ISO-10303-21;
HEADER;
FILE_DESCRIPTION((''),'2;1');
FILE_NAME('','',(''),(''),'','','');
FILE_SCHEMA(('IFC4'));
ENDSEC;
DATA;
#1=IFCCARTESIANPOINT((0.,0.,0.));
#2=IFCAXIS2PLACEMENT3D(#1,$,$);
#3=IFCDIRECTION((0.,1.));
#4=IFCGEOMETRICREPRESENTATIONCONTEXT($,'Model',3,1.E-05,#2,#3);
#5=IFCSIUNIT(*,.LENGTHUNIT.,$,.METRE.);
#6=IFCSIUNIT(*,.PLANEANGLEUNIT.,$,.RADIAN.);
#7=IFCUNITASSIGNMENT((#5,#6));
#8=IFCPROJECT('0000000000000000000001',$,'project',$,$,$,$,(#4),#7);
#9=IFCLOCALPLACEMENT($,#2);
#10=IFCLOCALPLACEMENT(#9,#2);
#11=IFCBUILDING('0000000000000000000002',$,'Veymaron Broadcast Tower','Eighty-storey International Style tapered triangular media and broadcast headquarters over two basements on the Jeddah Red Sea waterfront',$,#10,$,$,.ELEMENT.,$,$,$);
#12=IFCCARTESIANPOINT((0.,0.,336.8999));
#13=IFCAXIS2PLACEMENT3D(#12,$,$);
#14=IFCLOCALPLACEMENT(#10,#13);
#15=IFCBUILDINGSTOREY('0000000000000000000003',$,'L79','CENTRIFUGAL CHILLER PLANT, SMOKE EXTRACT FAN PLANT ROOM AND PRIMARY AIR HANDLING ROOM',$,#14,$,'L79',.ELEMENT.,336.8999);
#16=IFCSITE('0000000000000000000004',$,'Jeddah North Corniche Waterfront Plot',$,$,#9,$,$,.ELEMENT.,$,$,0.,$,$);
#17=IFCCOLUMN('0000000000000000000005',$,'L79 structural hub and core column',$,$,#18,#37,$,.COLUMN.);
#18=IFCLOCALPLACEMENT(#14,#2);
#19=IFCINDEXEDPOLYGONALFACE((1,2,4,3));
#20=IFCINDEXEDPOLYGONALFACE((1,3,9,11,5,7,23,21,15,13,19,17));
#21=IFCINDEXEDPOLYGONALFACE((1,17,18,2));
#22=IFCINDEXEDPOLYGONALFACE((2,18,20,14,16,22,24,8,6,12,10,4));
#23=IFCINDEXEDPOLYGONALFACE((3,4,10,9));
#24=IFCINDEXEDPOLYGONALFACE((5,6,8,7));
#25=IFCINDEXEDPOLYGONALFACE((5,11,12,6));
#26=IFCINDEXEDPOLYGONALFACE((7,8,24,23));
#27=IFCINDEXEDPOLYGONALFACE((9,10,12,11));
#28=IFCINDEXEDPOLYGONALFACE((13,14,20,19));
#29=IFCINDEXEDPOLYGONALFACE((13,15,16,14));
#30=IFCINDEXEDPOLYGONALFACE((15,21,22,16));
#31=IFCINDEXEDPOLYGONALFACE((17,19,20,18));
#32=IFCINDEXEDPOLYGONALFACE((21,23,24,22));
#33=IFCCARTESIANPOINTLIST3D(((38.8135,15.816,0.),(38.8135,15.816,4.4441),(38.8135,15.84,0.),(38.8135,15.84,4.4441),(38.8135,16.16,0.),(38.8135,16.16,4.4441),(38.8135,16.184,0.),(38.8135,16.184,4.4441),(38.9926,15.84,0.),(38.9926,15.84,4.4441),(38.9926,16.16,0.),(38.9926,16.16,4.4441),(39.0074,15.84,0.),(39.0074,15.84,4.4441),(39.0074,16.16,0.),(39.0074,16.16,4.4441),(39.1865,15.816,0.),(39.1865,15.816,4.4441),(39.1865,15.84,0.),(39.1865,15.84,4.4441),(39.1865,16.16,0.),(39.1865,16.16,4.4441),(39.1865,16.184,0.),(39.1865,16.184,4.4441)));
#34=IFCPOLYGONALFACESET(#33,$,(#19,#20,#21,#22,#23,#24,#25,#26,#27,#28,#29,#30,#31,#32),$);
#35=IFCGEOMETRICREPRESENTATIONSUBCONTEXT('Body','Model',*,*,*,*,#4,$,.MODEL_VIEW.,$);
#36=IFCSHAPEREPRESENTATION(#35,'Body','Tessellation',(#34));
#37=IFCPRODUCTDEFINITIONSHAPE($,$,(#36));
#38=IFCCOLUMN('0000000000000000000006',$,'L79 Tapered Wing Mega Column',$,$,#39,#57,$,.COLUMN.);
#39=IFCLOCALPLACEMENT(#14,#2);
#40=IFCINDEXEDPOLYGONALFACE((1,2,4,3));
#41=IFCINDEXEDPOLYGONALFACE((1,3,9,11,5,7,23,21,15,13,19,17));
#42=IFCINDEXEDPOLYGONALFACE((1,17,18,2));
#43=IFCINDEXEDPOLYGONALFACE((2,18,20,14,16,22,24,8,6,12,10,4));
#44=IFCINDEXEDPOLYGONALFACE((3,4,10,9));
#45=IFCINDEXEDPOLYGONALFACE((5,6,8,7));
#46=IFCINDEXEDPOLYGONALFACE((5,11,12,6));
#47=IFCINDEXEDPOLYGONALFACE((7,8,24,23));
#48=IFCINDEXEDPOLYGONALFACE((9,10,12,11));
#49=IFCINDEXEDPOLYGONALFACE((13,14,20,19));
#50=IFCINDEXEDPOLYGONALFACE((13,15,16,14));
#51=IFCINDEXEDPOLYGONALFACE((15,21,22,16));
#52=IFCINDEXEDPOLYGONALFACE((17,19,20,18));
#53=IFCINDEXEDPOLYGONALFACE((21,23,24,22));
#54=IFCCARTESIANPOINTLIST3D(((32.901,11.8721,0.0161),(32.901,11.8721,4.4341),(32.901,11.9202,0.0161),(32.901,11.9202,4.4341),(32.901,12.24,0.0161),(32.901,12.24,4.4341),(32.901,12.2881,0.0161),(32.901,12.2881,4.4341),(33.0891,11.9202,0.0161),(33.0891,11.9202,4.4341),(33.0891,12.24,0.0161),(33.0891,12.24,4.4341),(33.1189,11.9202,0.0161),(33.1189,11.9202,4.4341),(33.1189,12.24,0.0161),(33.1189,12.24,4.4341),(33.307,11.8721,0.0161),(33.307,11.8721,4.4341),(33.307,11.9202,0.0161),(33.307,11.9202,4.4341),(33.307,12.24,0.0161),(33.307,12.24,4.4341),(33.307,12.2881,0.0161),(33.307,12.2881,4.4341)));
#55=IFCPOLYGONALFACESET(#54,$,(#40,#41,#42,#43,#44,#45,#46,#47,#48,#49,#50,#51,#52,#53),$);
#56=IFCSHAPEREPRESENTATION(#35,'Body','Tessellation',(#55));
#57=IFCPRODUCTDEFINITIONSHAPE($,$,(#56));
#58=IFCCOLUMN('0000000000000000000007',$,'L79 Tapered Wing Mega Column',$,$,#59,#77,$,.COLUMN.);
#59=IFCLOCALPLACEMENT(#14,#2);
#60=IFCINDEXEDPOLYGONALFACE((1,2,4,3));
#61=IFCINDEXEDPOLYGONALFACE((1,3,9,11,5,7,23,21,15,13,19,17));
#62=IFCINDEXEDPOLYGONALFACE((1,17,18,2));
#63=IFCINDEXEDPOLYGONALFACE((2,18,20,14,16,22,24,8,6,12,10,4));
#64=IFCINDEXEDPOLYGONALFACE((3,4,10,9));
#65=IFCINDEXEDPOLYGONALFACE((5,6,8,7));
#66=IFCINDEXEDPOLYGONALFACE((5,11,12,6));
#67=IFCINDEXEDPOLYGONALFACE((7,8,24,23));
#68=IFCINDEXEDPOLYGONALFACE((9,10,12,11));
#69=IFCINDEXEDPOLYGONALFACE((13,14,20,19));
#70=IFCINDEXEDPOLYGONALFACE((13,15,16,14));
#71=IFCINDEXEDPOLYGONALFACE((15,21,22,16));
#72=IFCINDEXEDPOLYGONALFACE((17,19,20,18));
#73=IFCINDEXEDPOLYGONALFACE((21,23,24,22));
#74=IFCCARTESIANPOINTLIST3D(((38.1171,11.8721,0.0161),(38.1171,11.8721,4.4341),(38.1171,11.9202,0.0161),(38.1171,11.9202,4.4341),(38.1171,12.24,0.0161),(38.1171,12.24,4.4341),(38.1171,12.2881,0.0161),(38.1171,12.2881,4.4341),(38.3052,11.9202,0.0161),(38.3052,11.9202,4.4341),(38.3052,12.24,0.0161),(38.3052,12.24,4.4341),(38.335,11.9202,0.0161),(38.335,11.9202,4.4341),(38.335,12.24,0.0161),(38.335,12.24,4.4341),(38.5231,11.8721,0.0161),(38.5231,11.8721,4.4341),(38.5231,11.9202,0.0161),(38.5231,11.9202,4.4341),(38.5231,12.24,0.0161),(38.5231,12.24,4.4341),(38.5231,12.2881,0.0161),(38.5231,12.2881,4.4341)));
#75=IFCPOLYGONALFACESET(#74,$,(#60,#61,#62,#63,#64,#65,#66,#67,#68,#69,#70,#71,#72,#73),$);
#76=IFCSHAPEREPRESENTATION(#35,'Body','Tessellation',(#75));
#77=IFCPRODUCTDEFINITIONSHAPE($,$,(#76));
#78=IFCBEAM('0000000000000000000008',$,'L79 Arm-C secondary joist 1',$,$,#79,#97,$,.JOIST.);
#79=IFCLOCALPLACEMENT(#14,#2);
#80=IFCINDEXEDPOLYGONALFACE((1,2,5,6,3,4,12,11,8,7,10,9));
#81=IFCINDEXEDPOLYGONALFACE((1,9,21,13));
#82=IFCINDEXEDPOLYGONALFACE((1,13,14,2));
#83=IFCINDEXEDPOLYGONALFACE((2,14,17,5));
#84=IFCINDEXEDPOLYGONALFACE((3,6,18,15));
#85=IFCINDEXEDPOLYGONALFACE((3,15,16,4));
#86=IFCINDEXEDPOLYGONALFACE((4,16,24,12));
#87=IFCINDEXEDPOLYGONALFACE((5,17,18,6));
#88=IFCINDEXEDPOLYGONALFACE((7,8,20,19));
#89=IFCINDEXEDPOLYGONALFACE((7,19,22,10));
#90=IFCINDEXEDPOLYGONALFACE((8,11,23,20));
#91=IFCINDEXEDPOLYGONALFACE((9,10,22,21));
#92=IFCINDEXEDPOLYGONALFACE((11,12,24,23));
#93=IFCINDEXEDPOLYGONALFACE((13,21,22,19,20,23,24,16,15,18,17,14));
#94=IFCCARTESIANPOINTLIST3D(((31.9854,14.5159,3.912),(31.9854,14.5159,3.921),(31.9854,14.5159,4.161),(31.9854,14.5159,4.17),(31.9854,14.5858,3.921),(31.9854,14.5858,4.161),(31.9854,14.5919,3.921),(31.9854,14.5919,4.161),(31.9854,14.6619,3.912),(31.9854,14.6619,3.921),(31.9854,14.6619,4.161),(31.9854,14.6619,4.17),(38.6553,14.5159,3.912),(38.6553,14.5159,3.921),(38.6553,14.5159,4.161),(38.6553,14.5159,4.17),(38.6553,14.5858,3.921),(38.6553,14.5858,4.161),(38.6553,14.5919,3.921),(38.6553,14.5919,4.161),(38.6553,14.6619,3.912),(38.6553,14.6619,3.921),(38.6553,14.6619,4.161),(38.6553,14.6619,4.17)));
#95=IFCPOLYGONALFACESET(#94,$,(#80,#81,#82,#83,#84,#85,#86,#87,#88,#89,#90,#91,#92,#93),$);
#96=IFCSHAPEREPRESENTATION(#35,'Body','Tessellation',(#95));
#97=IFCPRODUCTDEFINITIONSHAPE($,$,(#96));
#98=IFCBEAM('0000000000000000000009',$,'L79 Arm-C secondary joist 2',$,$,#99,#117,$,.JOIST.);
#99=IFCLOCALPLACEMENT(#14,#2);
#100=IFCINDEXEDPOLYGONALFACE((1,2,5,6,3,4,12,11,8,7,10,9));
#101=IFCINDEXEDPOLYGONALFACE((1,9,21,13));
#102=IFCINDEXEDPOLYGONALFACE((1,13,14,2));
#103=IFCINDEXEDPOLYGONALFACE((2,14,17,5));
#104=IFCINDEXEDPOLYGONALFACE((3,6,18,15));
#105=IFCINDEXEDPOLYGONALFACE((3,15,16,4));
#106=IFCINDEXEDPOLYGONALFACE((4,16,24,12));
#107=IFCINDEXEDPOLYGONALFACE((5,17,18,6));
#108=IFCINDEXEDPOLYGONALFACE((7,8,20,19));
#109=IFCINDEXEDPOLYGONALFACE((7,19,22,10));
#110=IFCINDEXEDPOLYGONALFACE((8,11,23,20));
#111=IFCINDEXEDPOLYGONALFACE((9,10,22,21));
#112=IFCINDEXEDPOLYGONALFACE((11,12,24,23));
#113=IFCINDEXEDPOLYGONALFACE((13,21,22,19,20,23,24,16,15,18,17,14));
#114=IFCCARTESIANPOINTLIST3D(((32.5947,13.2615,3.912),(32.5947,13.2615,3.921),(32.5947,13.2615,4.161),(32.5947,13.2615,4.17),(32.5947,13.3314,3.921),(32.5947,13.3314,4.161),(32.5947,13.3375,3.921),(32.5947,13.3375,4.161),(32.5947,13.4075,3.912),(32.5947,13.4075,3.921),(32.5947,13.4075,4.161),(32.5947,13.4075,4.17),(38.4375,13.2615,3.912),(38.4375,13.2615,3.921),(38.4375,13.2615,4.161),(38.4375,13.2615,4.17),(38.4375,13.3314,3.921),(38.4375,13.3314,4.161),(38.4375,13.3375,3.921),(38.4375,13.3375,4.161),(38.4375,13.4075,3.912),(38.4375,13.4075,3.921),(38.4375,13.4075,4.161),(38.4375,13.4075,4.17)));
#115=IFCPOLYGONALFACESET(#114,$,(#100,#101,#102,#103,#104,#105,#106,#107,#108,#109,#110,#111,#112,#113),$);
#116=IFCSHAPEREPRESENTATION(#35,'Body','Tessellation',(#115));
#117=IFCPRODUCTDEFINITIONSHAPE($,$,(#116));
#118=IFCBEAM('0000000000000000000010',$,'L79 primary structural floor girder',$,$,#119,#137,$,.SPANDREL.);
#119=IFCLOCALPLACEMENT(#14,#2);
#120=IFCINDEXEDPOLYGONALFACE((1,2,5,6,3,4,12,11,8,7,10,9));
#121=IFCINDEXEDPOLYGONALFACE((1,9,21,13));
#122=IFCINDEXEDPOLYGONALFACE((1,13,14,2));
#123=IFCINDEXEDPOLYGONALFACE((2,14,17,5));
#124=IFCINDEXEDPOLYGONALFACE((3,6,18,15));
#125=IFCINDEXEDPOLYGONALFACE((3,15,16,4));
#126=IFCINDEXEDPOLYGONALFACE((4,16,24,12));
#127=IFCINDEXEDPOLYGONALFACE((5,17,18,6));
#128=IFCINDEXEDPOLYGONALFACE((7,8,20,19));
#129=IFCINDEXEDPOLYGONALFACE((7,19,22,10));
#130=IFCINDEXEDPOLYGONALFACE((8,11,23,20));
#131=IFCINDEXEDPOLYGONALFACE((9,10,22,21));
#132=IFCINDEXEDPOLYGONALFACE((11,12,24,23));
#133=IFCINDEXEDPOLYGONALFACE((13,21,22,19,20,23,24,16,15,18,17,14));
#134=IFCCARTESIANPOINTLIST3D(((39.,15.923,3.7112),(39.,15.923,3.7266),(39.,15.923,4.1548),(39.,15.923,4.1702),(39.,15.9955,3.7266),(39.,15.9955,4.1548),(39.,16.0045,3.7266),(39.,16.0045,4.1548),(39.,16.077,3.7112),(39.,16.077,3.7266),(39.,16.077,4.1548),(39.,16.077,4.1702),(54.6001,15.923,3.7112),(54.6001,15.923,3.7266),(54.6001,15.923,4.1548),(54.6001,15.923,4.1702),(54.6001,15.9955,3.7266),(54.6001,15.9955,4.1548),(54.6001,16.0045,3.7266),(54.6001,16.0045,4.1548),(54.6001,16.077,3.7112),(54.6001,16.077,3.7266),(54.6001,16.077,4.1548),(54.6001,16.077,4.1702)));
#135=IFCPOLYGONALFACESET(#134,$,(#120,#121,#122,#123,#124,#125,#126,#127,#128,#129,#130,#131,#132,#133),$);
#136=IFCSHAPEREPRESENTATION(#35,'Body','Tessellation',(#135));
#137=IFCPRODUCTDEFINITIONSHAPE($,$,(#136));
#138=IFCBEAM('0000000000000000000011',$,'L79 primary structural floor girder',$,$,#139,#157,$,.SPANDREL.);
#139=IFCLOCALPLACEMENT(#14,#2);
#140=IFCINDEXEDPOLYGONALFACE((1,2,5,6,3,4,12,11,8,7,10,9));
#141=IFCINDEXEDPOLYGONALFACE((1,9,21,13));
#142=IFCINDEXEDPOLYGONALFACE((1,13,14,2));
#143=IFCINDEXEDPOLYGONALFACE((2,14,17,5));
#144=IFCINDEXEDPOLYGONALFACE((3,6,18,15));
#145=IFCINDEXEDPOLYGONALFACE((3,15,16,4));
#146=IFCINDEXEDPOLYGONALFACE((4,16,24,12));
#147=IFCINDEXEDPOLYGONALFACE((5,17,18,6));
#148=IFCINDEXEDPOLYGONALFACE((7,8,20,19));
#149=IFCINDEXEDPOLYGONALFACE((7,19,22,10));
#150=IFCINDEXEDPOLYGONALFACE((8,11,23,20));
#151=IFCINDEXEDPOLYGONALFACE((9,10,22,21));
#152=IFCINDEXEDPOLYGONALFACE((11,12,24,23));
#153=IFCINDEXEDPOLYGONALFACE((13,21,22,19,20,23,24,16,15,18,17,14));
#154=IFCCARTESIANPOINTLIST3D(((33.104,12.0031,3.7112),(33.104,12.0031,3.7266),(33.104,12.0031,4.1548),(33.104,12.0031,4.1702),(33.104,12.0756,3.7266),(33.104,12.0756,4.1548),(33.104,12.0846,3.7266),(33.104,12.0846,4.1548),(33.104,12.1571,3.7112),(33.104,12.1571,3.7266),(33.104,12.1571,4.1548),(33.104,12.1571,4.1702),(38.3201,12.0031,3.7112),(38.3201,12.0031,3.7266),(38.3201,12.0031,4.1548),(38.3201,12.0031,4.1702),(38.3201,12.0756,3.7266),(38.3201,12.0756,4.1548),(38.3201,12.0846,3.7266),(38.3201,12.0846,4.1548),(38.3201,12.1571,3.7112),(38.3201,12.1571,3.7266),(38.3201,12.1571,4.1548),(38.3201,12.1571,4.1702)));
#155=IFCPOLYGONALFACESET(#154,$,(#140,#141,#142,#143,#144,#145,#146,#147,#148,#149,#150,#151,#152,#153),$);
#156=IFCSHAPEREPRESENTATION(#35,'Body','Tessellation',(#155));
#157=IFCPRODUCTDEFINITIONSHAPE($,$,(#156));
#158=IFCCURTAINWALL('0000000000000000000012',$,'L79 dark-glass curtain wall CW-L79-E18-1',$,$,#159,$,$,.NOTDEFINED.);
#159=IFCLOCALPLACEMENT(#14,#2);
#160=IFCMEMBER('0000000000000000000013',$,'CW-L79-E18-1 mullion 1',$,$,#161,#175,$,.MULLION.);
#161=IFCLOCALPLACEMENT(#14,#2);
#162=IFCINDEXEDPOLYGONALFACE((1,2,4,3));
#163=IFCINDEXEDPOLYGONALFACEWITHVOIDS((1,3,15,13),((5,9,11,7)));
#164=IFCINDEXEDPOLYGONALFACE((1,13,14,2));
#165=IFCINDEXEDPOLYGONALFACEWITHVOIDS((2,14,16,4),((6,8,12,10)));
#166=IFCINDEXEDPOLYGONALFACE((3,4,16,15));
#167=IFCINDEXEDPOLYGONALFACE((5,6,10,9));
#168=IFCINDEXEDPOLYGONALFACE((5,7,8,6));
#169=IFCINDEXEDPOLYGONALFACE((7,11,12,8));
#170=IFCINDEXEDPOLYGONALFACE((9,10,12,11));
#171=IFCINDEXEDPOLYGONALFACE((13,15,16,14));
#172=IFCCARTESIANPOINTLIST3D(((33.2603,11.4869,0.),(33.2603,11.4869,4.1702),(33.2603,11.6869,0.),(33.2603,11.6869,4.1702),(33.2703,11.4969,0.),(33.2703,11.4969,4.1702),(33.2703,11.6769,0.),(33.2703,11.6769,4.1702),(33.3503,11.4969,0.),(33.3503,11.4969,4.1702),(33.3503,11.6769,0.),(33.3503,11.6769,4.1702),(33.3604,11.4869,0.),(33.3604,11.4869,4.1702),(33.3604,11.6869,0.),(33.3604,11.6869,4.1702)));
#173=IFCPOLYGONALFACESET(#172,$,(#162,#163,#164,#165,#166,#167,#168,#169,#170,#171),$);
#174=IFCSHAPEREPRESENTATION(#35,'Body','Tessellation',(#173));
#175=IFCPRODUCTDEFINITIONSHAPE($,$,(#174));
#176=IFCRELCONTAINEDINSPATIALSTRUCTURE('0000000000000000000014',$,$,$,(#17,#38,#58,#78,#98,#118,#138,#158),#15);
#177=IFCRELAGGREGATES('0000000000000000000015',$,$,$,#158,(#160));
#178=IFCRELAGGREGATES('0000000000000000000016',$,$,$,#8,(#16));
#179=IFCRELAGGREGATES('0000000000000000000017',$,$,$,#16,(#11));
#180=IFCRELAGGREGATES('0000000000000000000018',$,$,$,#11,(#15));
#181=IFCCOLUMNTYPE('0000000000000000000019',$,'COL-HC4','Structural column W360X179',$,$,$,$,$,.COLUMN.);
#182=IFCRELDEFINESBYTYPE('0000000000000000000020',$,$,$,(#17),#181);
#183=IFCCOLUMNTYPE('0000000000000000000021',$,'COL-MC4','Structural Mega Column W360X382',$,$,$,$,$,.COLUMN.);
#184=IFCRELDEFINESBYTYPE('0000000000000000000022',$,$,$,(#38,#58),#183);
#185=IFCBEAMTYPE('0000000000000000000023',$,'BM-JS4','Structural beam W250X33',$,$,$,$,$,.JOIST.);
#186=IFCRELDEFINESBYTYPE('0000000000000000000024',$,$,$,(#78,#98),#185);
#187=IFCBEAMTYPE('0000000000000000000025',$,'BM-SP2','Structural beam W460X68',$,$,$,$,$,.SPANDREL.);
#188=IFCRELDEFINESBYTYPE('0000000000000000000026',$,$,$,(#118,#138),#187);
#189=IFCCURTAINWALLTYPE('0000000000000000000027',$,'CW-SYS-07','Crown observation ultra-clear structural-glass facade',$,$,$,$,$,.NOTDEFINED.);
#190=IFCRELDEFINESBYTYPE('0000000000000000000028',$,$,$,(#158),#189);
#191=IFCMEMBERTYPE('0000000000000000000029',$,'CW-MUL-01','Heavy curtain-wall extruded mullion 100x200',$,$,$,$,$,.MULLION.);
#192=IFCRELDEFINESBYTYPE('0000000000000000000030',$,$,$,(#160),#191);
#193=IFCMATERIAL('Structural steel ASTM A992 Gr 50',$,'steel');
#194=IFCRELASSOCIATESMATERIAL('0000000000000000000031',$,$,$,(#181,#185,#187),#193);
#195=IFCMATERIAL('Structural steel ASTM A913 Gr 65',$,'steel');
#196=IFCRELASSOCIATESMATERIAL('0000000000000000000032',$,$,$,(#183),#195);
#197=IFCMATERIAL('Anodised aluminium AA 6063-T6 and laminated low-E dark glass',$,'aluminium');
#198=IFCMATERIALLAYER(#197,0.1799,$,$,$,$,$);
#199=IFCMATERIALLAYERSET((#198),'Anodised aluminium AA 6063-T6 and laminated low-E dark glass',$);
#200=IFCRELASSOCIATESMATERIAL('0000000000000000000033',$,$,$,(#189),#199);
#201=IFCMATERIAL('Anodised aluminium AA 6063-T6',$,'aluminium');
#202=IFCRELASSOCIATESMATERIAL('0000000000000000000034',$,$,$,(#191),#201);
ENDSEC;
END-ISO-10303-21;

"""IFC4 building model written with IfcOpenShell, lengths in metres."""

from ifc_helpers import new_model, si_unit, direction, frame, origin, origin_2d, place, context, subcontext, project, spatial, hollow_rectangle, i_section, extrude, material, layer, layer_set, material_profile, profile_set, type_object, element, aggregate, save


model = new_model("IFC4")

# Units and contexts
model_context = context("Model", 3, precision=1e-05, world=origin(), true_north=direction((0.0, 1.0)))
body_context = subcontext(model_context, "Body", "Model", "MODEL_VIEW")
ifc_project = project(units=[si_unit("LENGTHUNIT", "METRE"), si_unit("PLANEANGLEUNIT", "RADIAN")], contexts=[model_context])

# Site, building, storey
site_placement = place(None, origin())
site = spatial("IfcSite", under=ifc_project, at=site_placement, Name="Jeddah North Corniche Waterfront Plot", CompositionType="ELEMENT", RefElevation=0.0)
building_placement = place(site_placement, origin())
building = spatial("IfcBuilding", under=site, at=building_placement, Name="Veymaron Broadcast Tower", Description="Eighty-storey International Style tapered triangular media and broadcast headquarters over two basements on the Jeddah Red Sea waterfront", CompositionType="ELEMENT")
storey_placement = place(building_placement, frame((0.0, 0.0, 336.8999)))
storey = spatial("IfcBuildingStorey", under=building, at=storey_placement, Name="L79", Description="CENTRIFUGAL CHILLER PLANT, SMOKE EXTRACT FAN PLANT ROOM AND PRIMARY AIR HANDLING ROOM", LongName="L79", CompositionType="ELEMENT", Elevation=336.8999)

# Columns
ifc_material_1 = material(Name="Structural steel ASTM A992 Gr 50", Category="steel")
ifc_material_profile_1 = material_profile(ifc_material_1, i_section(OverallWidth=0.373, OverallDepth=0.3679, WebThickness=0.0149, FlangeThickness=0.0239, at=origin_2d()), Name="W360X179")
ifc_profile_set_1 = profile_set([ifc_material_profile_1], Name="Structural steel ASTM A992 Gr 50")
column_type_1 = type_object("IfcColumnType", Name="COL-HC4", Description="Structural column W360X179", PredefinedType="COLUMN", material=ifc_profile_set_1)
column_placement = place(storey_placement, frame((39.0, 16.0, 0.0), z_axis=(0.0, 0.0, 1.0), x_axis=(1.0, 0.0, 0.0)))
element("IfcColumn", 1, at=column_placement, inside=storey, type_object=column_type_1, Name="L79 structural hub and core column", PredefinedType="COLUMN", context=body_context, shape_type="SweptSolid", body=[
    extrude(i_section(OverallWidth=0.373, OverallDepth=0.3679, WebThickness=0.0149, FlangeThickness=0.0239, at=origin_2d()), origin(), (0.0, 0.0, 1.0), 4.4441),
])
ifc_material_2 = material(Name="Structural steel ASTM A913 Gr 65", Category="steel")
ifc_material_profile_2 = material_profile(ifc_material_2, i_section(OverallWidth=0.406, OverallDepth=0.416, WebThickness=0.0298, FlangeThickness=0.0481, at=origin_2d()), Name="W360X382")
ifc_profile_set_2 = profile_set([ifc_material_profile_2], Name="Structural steel ASTM A913 Gr 65")
column_type_2 = type_object("IfcColumnType", Name="COL-MC4", Description="Structural Mega Column W360X382", PredefinedType="COLUMN", material=ifc_profile_set_2)
for number, where, z_axis, x_axis, name in (
    (2, (33.104, 12.0801, 0.0161), (0.0, 0.0, 1.0), (1.0, 0.0, 0.0), "L79 Tapered Wing Mega Column"),
    (3, (38.3201, 12.0801, 0.0161), (0.0, 0.0, 1.0), (1.0, 0.0, 0.0), "L79 Tapered Wing Mega Column"),
):
    element("IfcColumn", number, at=place(storey_placement, frame(where, z_axis=z_axis, x_axis=x_axis)), inside=storey, type_object=column_type_2, Name=name, PredefinedType="COLUMN", context=body_context, shape_type="SweptSolid", body=[
        extrude(i_section(OverallWidth=0.406, OverallDepth=0.416, WebThickness=0.0298, FlangeThickness=0.0481, at=origin_2d()), origin(), (0.0, 0.0, 1.0), 4.418),
    ])

# Beams
ifc_material_profile_3 = material_profile(ifc_material_1, i_section(OverallWidth=0.146, OverallDepth=0.2581, WebThickness=0.0061, FlangeThickness=0.009, at=origin_2d()), Name="W250X33")
ifc_profile_set_3 = profile_set([ifc_material_profile_3], Name="Structural steel ASTM A992 Gr 50")
beam_type_1 = type_object("IfcBeamType", Name="BM-JS4", Description="Structural beam W250X33", PredefinedType="JOIST", material=ifc_profile_set_3)
beam_1_placement = place(storey_placement, frame((31.9854, 14.5889, 4.041), z_axis=(1.0, 0.0, 0.0), x_axis=(0.0, 1.0, 0.0)))
element("IfcBeam", 4, at=beam_1_placement, inside=storey, type_object=beam_type_1, Name="L79 Arm-C secondary joist 1", PredefinedType="JOIST", context=body_context, shape_type="SweptSolid", body=[
    extrude(i_section(OverallWidth=0.146, OverallDepth=0.2581, WebThickness=0.0061, FlangeThickness=0.009, at=origin_2d()), origin(), (0.0, 0.0, 1.0), 6.6699),
])
beam_2_placement = place(storey_placement, frame((32.5947, 13.3345, 4.041), z_axis=(1.0, 0.0, 0.0), x_axis=(0.0, 1.0, 0.0)))
element("IfcBeam", 5, at=beam_2_placement, inside=storey, type_object=beam_type_1, Name="L79 Arm-C secondary joist 2", PredefinedType="JOIST", context=body_context, shape_type="SweptSolid", body=[
    extrude(i_section(OverallWidth=0.146, OverallDepth=0.2581, WebThickness=0.0061, FlangeThickness=0.009, at=origin_2d()), origin(), (0.0, 0.0, 1.0), 5.8428),
])
ifc_material_profile_4 = material_profile(ifc_material_1, i_section(OverallWidth=0.1541, OverallDepth=0.459, WebThickness=0.009, FlangeThickness=0.0154, at=origin_2d()), Name="W460X68")
ifc_profile_set_4 = profile_set([ifc_material_profile_4], Name="Structural steel ASTM A992 Gr 50")
beam_type_2 = type_object("IfcBeamType", Name="BM-SP2", Description="Structural beam W460X68", PredefinedType="SPANDREL", material=ifc_profile_set_4)
beam_3_placement = place(storey_placement, frame((39.0, 16.0, 3.9407), z_axis=(1.0, 0.0, 0.0), x_axis=(0.0, 1.0, 0.0)))
element("IfcBeam", 6, at=beam_3_placement, inside=storey, type_object=beam_type_2, Name="L79 primary structural floor girder", PredefinedType="SPANDREL", context=body_context, shape_type="SweptSolid", body=[
    extrude(i_section(OverallWidth=0.1541, OverallDepth=0.459, WebThickness=0.009, FlangeThickness=0.0154, at=origin_2d()), origin(), (0.0, 0.0, 1.0), 15.6001),
])
beam_4_placement = place(storey_placement, frame((33.104, 12.0801, 3.9407), z_axis=(1.0, 0.0, 0.0), x_axis=(0.0, 1.0, 0.0)))
element("IfcBeam", 7, at=beam_4_placement, inside=storey, type_object=beam_type_2, Name="L79 primary structural floor girder", PredefinedType="SPANDREL", context=body_context, shape_type="SweptSolid", body=[
    extrude(i_section(OverallWidth=0.1541, OverallDepth=0.459, WebThickness=0.009, FlangeThickness=0.0154, at=origin_2d()), origin(), (0.0, 0.0, 1.0), 5.2161),
])

# Curtain wall, member
ifc_material_3 = material(Name="Anodised aluminium AA 6063-T6 and laminated low-E dark glass", Category="aluminium")
ifc_layer_1 = layer(ifc_material_3, 0.1799)
ifc_layer_set_1 = layer_set([ifc_layer_1], Name="Anodised aluminium AA 6063-T6 and laminated low-E dark glass")
curtain_wall_type = type_object("IfcCurtainWallType", Name="CW-SYS-07", Description="Crown observation ultra-clear structural-glass facade", PredefinedType="NOTDEFINED", material=ifc_layer_set_1)
curtain_wall_placement = place(storey_placement, origin())
curtain_wall = element("IfcCurtainWall", 8, at=curtain_wall_placement, inside=storey, type_object=curtain_wall_type, Name="L79 dark-glass curtain wall CW-L79-E18-1", PredefinedType="NOTDEFINED")
ifc_material_4 = material(Name="Anodised aluminium AA 6063-T6", Category="aluminium")
ifc_material_profile_5 = material_profile(ifc_material_4, hollow_rectangle(XDim=0.1001, YDim=0.2, WallThickness=0.01, at=origin_2d()), Name="RHS200X100X10")
ifc_profile_set_5 = profile_set([ifc_material_profile_5], Name="Anodised aluminium AA 6063-T6")
member_type = type_object("IfcMemberType", Name="CW-MUL-01", Description="Heavy curtain-wall extruded mullion 100x200", PredefinedType="MULLION", material=ifc_profile_set_5)
member_1_placement = place(storey_placement, frame((33.3103, 11.5869, 0.0), z_axis=(0.0, 0.0, 1.0), x_axis=(1.0, 0.0, 0.0)))
member_1 = element("IfcMember", 9, at=member_1_placement, type_object=member_type, Name="CW-L79-E18-1 mullion 1", PredefinedType="MULLION", context=body_context, shape_type="SweptSolid", body=[
    extrude(hollow_rectangle(XDim=0.1001, YDim=0.2, WallThickness=0.01, at=origin_2d()), origin(), (0.0, 0.0, 1.0), 4.1702),
])
aggregate(curtain_wall, [member_1])

save(model, "model.ifc")
